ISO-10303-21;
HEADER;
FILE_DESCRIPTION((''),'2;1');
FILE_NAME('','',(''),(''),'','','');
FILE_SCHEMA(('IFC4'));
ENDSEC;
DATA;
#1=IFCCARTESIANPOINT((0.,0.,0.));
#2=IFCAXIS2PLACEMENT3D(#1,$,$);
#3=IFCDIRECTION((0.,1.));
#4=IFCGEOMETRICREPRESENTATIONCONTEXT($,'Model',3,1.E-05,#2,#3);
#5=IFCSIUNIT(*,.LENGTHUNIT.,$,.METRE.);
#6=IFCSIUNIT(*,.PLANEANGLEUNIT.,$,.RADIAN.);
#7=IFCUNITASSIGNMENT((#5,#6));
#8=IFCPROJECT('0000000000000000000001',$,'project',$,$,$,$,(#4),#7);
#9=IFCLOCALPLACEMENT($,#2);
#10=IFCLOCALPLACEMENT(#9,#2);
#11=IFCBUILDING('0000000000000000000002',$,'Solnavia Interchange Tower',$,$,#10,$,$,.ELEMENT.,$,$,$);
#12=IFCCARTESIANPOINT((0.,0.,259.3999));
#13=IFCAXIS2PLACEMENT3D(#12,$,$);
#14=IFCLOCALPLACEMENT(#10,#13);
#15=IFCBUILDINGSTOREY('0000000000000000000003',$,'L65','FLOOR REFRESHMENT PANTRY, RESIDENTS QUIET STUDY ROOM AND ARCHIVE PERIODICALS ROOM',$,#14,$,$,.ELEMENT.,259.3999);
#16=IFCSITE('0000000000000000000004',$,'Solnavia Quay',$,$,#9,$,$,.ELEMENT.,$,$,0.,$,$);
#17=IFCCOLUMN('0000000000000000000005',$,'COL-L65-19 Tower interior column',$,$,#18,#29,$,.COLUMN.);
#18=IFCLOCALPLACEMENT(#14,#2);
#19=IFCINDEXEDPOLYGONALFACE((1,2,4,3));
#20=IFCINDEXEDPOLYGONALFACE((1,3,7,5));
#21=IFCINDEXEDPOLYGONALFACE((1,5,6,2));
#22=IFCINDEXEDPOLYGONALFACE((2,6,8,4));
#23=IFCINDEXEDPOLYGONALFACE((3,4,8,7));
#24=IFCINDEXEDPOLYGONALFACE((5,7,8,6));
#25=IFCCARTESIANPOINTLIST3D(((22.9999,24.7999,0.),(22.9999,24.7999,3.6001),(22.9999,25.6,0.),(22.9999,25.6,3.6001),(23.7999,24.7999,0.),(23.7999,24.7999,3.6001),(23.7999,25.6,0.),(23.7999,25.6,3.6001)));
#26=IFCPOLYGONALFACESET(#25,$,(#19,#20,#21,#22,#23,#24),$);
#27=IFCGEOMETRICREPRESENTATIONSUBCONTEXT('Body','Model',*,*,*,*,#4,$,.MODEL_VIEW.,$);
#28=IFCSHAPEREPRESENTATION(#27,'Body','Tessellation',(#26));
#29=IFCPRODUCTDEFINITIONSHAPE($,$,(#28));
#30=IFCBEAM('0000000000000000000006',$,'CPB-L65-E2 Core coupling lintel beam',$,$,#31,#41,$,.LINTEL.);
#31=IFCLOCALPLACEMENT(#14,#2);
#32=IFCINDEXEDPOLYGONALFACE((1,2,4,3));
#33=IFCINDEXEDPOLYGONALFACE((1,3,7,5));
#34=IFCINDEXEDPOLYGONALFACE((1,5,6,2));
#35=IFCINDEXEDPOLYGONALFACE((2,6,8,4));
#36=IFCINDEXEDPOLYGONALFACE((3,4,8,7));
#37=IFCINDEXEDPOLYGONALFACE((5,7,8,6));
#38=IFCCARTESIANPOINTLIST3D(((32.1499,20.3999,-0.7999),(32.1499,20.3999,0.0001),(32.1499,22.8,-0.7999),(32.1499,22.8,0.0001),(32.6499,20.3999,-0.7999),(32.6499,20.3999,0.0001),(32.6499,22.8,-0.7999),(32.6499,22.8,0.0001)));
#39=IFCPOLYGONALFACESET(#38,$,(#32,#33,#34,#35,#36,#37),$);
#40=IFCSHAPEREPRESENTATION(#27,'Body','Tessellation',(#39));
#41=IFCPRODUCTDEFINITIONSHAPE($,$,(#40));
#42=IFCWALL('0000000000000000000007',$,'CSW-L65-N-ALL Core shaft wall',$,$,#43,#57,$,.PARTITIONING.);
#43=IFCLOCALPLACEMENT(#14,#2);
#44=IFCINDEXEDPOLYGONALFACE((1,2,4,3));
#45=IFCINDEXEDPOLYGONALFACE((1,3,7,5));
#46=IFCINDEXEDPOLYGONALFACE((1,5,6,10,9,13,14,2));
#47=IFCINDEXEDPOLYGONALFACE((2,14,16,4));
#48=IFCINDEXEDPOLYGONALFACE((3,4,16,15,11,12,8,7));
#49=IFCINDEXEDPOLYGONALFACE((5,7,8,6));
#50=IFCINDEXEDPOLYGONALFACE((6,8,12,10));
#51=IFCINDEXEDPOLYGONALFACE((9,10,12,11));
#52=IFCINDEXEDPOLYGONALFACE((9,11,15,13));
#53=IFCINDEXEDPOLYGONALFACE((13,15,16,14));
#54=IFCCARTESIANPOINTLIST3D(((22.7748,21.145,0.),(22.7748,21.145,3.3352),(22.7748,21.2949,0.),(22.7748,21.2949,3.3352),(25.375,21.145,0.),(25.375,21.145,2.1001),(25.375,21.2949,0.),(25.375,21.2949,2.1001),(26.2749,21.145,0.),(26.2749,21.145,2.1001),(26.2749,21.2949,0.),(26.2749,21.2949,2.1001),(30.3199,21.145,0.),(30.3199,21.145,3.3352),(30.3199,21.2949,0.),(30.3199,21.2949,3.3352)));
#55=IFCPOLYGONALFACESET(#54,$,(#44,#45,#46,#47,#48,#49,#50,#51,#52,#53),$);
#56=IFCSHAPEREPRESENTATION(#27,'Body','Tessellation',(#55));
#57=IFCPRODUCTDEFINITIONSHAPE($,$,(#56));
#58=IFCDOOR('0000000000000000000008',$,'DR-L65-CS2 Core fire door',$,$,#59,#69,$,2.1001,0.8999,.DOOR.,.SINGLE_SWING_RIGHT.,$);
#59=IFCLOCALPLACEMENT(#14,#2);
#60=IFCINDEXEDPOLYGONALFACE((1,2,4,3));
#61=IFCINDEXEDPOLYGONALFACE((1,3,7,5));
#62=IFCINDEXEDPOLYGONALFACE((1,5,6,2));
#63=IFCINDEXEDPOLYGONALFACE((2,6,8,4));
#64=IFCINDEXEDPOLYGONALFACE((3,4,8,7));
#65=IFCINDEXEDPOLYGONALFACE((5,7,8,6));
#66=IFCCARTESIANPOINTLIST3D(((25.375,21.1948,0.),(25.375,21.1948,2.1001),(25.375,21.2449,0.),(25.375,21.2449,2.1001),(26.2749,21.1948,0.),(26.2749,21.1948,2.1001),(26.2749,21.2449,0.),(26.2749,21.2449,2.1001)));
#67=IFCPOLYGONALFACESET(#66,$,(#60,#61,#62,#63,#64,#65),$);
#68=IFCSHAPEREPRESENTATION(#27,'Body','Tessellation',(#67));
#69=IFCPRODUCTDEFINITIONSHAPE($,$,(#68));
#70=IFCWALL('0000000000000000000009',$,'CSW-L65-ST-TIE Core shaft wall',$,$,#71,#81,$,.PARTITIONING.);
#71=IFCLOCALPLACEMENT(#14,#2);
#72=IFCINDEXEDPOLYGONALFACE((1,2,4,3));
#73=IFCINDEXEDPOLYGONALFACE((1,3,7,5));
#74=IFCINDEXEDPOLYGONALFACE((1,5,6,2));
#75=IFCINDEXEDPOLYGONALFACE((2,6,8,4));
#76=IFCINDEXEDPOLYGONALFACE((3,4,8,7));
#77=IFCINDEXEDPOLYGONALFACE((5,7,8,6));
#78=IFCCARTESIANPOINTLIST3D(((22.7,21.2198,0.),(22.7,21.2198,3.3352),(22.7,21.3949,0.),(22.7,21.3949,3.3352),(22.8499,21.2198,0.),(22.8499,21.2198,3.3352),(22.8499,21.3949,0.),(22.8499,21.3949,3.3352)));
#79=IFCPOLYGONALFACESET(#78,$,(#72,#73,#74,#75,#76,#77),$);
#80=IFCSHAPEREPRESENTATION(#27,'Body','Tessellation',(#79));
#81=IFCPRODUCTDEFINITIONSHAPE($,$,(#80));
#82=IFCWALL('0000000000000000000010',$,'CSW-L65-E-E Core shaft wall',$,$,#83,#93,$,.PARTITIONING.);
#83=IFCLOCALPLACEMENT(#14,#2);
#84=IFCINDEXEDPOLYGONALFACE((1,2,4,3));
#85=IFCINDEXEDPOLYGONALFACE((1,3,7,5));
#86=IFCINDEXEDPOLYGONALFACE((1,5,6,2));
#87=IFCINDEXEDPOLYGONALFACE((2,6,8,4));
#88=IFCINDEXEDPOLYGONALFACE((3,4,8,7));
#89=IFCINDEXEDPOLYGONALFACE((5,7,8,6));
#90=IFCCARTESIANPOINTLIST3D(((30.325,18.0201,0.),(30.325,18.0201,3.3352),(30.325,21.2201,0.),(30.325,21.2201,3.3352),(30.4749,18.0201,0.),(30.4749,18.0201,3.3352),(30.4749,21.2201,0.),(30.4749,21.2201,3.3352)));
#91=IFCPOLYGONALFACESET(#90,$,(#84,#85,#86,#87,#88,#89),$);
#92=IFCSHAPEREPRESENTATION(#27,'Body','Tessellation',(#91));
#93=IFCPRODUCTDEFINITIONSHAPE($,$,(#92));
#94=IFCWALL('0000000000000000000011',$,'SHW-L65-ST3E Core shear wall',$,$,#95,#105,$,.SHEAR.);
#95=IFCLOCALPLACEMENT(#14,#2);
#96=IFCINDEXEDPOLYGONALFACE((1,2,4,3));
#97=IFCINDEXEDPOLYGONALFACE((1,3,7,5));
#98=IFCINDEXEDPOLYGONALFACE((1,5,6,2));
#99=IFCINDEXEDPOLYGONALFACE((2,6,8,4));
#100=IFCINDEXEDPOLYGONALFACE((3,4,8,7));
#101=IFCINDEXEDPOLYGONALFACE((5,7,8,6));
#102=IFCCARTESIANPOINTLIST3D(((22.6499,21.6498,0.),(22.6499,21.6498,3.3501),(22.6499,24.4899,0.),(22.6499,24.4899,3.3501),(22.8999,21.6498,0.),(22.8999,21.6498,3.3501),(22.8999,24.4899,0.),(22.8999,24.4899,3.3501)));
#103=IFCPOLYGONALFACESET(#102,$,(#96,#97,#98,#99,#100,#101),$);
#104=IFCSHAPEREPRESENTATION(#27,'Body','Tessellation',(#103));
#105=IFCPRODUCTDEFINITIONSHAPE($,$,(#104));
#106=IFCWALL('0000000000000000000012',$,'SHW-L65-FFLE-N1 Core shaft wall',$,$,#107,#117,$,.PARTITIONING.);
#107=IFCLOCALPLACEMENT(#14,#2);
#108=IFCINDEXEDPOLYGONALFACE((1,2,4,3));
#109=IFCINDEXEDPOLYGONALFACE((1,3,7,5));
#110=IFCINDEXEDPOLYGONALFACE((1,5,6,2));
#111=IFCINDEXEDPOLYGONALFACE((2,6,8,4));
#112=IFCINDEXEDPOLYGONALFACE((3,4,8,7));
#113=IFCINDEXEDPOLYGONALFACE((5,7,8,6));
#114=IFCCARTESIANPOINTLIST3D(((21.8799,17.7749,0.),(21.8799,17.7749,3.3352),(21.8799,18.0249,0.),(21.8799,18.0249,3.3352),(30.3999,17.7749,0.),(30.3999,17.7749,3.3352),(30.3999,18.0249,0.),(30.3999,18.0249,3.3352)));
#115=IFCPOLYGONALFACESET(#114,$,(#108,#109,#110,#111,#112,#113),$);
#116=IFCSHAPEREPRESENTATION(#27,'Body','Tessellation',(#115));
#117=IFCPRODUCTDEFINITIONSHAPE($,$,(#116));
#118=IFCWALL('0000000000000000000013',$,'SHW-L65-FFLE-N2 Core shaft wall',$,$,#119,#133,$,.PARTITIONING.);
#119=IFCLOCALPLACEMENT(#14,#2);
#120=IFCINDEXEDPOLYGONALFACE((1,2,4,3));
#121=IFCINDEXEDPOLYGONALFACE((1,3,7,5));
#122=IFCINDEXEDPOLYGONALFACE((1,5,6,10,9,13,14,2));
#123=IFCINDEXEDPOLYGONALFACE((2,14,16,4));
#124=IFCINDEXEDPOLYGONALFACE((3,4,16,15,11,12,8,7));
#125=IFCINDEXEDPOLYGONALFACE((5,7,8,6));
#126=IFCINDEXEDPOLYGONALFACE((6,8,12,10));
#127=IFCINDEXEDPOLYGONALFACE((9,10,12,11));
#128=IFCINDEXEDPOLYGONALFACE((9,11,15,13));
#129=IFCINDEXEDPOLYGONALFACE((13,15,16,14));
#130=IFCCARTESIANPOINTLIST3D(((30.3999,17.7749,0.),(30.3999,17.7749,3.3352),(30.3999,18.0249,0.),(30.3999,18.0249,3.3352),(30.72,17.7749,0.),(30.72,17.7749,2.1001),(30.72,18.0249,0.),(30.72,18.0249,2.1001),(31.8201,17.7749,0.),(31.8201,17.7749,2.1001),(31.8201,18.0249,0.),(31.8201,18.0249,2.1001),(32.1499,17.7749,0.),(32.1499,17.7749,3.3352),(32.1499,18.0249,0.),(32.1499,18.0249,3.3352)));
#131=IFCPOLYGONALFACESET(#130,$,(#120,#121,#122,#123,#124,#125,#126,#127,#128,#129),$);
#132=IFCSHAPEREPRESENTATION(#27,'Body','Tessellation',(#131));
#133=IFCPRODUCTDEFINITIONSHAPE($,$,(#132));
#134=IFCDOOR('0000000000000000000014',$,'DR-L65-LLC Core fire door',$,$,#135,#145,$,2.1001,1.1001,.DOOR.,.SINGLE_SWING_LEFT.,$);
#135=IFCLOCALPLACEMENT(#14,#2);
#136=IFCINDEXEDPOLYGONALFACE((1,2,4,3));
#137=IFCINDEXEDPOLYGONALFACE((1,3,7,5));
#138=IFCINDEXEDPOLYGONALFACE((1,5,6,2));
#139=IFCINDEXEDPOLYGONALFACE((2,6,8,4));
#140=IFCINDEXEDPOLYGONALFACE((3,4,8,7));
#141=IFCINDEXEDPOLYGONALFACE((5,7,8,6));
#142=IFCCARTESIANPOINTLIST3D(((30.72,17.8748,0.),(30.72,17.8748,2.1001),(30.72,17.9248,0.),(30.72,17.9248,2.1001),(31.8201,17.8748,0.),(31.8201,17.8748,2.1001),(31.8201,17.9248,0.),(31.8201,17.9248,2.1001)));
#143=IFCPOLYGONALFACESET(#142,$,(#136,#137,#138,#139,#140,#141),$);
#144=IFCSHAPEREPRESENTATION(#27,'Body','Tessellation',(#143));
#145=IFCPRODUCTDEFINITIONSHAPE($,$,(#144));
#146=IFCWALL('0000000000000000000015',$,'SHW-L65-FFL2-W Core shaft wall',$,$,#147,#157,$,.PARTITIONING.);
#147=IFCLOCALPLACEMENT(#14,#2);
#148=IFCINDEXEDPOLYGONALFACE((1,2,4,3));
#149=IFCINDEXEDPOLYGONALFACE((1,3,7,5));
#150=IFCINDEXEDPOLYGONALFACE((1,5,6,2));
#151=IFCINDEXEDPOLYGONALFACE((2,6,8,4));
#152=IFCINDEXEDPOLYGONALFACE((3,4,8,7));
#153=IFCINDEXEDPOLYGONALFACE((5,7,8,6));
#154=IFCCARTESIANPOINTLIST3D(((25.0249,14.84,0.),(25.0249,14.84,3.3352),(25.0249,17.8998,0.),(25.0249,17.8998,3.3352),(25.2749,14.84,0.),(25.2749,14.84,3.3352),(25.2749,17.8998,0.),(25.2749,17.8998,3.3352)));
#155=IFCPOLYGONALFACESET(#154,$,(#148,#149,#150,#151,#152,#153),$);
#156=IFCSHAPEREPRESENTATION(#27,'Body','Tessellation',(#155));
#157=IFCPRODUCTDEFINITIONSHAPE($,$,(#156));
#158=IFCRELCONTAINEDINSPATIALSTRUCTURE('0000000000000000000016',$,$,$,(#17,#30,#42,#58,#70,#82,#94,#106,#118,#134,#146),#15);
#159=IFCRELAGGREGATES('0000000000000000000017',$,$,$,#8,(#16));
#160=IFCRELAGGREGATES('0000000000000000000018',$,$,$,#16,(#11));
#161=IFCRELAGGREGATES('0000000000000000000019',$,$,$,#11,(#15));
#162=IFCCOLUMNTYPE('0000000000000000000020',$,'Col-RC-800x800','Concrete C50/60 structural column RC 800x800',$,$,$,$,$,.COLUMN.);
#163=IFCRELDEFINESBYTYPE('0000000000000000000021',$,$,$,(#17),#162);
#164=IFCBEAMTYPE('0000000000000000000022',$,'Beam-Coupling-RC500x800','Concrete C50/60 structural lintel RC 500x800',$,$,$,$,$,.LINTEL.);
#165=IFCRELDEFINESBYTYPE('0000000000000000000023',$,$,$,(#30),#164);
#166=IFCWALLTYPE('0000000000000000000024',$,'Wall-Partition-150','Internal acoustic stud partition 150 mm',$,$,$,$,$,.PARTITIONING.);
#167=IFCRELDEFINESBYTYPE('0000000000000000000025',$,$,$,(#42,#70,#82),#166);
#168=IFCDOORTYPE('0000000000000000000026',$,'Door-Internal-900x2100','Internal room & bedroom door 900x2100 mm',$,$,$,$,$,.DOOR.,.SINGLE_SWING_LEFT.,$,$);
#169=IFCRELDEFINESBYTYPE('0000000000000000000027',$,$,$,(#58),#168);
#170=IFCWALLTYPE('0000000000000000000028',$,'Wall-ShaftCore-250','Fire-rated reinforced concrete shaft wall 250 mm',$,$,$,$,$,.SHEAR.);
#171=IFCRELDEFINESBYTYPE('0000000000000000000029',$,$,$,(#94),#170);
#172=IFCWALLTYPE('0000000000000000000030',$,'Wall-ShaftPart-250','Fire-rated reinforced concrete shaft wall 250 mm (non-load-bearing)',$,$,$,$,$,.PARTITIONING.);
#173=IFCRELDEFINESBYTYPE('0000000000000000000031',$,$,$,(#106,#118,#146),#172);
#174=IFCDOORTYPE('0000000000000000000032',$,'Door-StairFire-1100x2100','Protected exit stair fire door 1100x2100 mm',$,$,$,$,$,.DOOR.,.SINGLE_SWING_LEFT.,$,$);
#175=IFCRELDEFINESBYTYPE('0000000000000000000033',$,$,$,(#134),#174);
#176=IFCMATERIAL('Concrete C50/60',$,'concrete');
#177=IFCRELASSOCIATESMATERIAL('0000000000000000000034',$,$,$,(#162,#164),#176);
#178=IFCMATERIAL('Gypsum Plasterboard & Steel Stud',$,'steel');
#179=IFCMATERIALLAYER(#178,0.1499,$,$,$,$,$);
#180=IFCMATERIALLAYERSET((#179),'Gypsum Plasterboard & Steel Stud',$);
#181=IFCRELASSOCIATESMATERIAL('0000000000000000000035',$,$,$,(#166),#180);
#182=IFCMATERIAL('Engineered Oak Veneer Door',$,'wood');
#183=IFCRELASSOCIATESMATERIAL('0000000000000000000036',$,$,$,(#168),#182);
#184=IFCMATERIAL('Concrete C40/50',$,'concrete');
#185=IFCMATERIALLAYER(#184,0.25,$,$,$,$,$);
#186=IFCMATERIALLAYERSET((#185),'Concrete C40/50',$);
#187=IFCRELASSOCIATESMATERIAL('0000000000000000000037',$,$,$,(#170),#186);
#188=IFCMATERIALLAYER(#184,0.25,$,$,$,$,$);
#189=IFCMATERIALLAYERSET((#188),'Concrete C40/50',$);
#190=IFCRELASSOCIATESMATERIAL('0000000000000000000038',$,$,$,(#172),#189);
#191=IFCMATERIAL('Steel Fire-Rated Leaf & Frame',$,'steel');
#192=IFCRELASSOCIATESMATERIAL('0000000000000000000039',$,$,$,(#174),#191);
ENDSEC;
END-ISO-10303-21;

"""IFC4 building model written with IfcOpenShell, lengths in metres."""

from ifc_helpers import new_model, si_unit, direction, frame, frame_2d, origin, origin_2d, place, context, subcontext, project, spatial, rectangle, extrude, material, layer, layer_set, material_profile, profile_set, type_object, element, fill, save


model = new_model("IFC4")

# Units and contexts
model_context = context("Model", 3, precision=1e-05, world=origin(), true_north=direction((0.0, 1.0)))
body_context = subcontext(model_context, "Body", "Model", "MODEL_VIEW")
ifc_project = project(units=[si_unit("LENGTHUNIT", "METRE"), si_unit("PLANEANGLEUNIT", "RADIAN")], contexts=[model_context])

# Site, building, storey
site_placement = place(None, origin())
site = spatial("IfcSite", under=ifc_project, at=site_placement, Name="Solnavia Quay", CompositionType="ELEMENT", RefElevation=0.0)
building_placement = place(site_placement, origin())
building = spatial("IfcBuilding", under=site, at=building_placement, Name="Solnavia Interchange Tower", CompositionType="ELEMENT")
storey_placement = place(building_placement, frame((0.0, 0.0, 259.3999)))
storey = spatial("IfcBuildingStorey", under=building, at=storey_placement, Name="L65", Description="FLOOR REFRESHMENT PANTRY, RESIDENTS QUIET STUDY ROOM AND ARCHIVE PERIODICALS ROOM", CompositionType="ELEMENT", Elevation=259.3999)

# Column
ifc_material_1 = material(Name="Concrete C50/60", Category="concrete")
ifc_material_profile_1 = material_profile(ifc_material_1, rectangle(XDim=0.8, YDim=0.8, at=origin_2d()), Name="RC 800x800")
ifc_profile_set_1 = profile_set([ifc_material_profile_1], Name="Concrete C50/60")
column_type = type_object("IfcColumnType", Name="Col-RC-800x800", Description="Concrete C50/60 structural column RC 800x800", PredefinedType="COLUMN", material=ifc_profile_set_1)
column_placement = place(storey_placement, frame((23.3999, 25.2, 0.0), z_axis=(0.0, 0.0, 1.0), x_axis=(1.0, 0.0, 0.0)))
element("IfcColumn", 1, at=column_placement, inside=storey, type_object=column_type, Name="COL-L65-19 Tower interior column", PredefinedType="COLUMN", context=body_context, shape_type="SweptSolid", body=[
    extrude(rectangle(XDim=0.8, YDim=0.8, at=origin_2d()), origin(), (0.0, 0.0, 1.0), 3.6001),
])

# Beam
ifc_material_profile_2 = material_profile(ifc_material_1, rectangle(XDim=0.5, YDim=0.8, at=origin_2d()), Name="RC 500x800")
ifc_profile_set_2 = profile_set([ifc_material_profile_2], Name="Concrete C50/60")
beam_type = type_object("IfcBeamType", Name="Beam-Coupling-RC500x800", Description="Concrete C50/60 structural lintel RC 500x800", PredefinedType="LINTEL", material=ifc_profile_set_2)
beam_placement = place(storey_placement, frame((32.3999, 20.3999, -0.3999), z_axis=(0.0, 1.0, 0.0), x_axis=(-1.0, 0.0, 0.0)))
element("IfcBeam", 2, at=beam_placement, inside=storey, type_object=beam_type, Name="CPB-L65-E2 Core coupling lintel beam", PredefinedType="LINTEL", context=body_context, shape_type="SweptSolid", body=[
    extrude(rectangle(XDim=0.5, YDim=0.8, at=origin_2d()), origin(), (0.0, 0.0, 1.0), 2.4001),
])

# Wall, opening, door
ifc_material_2 = material(Name="Gypsum Plasterboard & Steel Stud", Category="steel")
ifc_layer_1 = layer(ifc_material_2, 0.1499)
ifc_layer_set_1 = layer_set([ifc_layer_1], Name="Gypsum Plasterboard & Steel Stud")
wall_type_1 = type_object("IfcWallType", Name="Wall-Partition-150", Description="Internal acoustic stud partition 150 mm", PredefinedType="PARTITIONING", material=ifc_layer_set_1)
wall_1_placement = place(storey_placement, frame((22.7749, 21.22, 0.0), z_axis=(0.0, 0.0, 1.0), x_axis=(1.0, 0.0, 0.0)))
wall_1 = element("IfcWall", 3, at=wall_1_placement, inside=storey, type_object=wall_type_1, Name="CSW-L65-N-ALL Core shaft wall", PredefinedType="PARTITIONING", context=body_context, shape_type="SweptSolid", body=[
    extrude(rectangle(XDim=7.5452, YDim=0.1499, at=frame_2d((3.7725, 0.0))), origin(), (0.0, 0.0, 1.0), 3.3352),
])
opening_1_placement = place(wall_1_placement, frame((2.6001, 0.0, 0.0)))
opening_1 = element("IfcOpeningElement", 4, at=opening_1_placement, cuts=wall_1, PredefinedType="OPENING", context=body_context, shape_type="SweptSolid", body=[
    extrude(rectangle(XDim=0.8999, YDim=2.1001, at=frame_2d((0.45, 1.05))), frame((0.0, 0.085, 0.0), z_axis=(0.0, -1.0, 0.0), x_axis=(1.0, 0.0, 0.0)), (0.0, 0.0, 1.0), 0.1699),
])
ifc_material_3 = material(Name="Engineered Oak Veneer Door", Category="wood")
door_type_1 = type_object("IfcDoorType", Name="Door-Internal-900x2100", Description="Internal room & bedroom door 900x2100 mm", OperationType="SINGLE_SWING_LEFT", PredefinedType="DOOR", material=ifc_material_3)
door_1_placement = place(opening_1_placement, origin())
door_1 = element("IfcDoor", 5, at=door_1_placement, inside=storey, type_object=door_type_1, Name="DR-L65-CS2 Core fire door", OperationType="SINGLE_SWING_RIGHT", OverallHeight=2.1001, OverallWidth=0.8999, PredefinedType="DOOR", context=body_context, shape_type="SweptSolid", body=[
    extrude(rectangle(XDim=0.8999, YDim=2.1001, at=frame_2d((0.45, 1.05))), frame((0.0, 0.0249, 0.0), z_axis=(0.0, -1.0, 0.0), x_axis=(1.0, 0.0, 0.0)), (0.0, 0.0, 1.0), 0.05),
])
fill(opening_1, door_1)

# Walls
wall_2_placement = place(storey_placement, frame((22.7749, 21.22, 0.0), z_axis=(0.0, 0.0, 1.0), x_axis=(0.0, 1.0, 0.0)))
element("IfcWall", 6, at=wall_2_placement, inside=storey, type_object=wall_type_1, Name="CSW-L65-ST-TIE Core shaft wall", PredefinedType="PARTITIONING", context=body_context, shape_type="SweptSolid", body=[
    extrude(rectangle(XDim=0.175, YDim=0.1499, at=frame_2d((0.0874, 0.0))), origin(), (0.0, 0.0, 1.0), 3.3352),
])
wall_3_placement = place(storey_placement, frame((30.3999, 18.02, 0.0), z_axis=(0.0, 0.0, 1.0), x_axis=(0.0, 1.0, 0.0)))
element("IfcWall", 7, at=wall_3_placement, inside=storey, type_object=wall_type_1, Name="CSW-L65-E-E Core shaft wall", PredefinedType="PARTITIONING", context=body_context, shape_type="SweptSolid", body=[
    extrude(rectangle(XDim=3.2, YDim=0.1499, at=frame_2d((1.6001, 0.0))), origin(), (0.0, 0.0, 1.0), 3.3352),
])
ifc_material_4 = material(Name="Concrete C40/50", Category="concrete")
ifc_layer_2 = layer(ifc_material_4, 0.25)
ifc_layer_set_2 = layer_set([ifc_layer_2], Name="Concrete C40/50")
wall_type_2 = type_object("IfcWallType", Name="Wall-ShaftCore-250", Description="Fire-rated reinforced concrete shaft wall 250 mm", PredefinedType="SHEAR", material=ifc_layer_set_2)
wall_4_placement = place(storey_placement, frame((22.7749, 21.6499, 0.0), z_axis=(0.0, 0.0, 1.0), x_axis=(0.0, 1.0, 0.0)))
element("IfcWall", 8, at=wall_4_placement, inside=storey, type_object=wall_type_2, Name="SHW-L65-ST3E Core shear wall", PredefinedType="SHEAR", context=body_context, shape_type="SweptSolid", body=[
    extrude(rectangle(XDim=2.8401, YDim=0.25, at=frame_2d((1.4199, 0.0))), origin(), (0.0, 0.0, 1.0), 3.3501),
])
ifc_layer_3 = layer(ifc_material_4, 0.25)
ifc_layer_set_3 = layer_set([ifc_layer_3], Name="Concrete C40/50")
wall_type_3 = type_object("IfcWallType", Name="Wall-ShaftPart-250", Description="Fire-rated reinforced concrete shaft wall 250 mm (non-load-bearing)", PredefinedType="PARTITIONING", material=ifc_layer_set_3)
wall_5_placement = place(storey_placement, frame((21.8799, 17.8999, 0.0), z_axis=(0.0, 0.0, 1.0), x_axis=(1.0, 0.0, 0.0)))
element("IfcWall", 9, at=wall_5_placement, inside=storey, type_object=wall_type_3, Name="SHW-L65-FFLE-N1 Core shaft wall", PredefinedType="PARTITIONING", context=body_context, shape_type="SweptSolid", body=[
    extrude(rectangle(XDim=8.52, YDim=0.25, at=frame_2d((4.26, 0.0))), origin(), (0.0, 0.0, 1.0), 3.3352),
])

# Wall, opening, door
wall_6_placement = place(storey_placement, frame((30.3999, 17.8999, 0.0), z_axis=(0.0, 0.0, 1.0), x_axis=(1.0, 0.0, 0.0)))
wall_6 = element("IfcWall", 10, at=wall_6_placement, inside=storey, type_object=wall_type_3, Name="SHW-L65-FFLE-N2 Core shaft wall", PredefinedType="PARTITIONING", context=body_context, shape_type="SweptSolid", body=[
    extrude(rectangle(XDim=1.75, YDim=0.25, at=frame_2d((0.875, 0.0))), origin(), (0.0, 0.0, 1.0), 3.3352),
])
opening_2_placement = place(wall_6_placement, frame((0.3201, 0.0, 0.0)))
opening_2 = element("IfcOpeningElement", 11, at=opening_2_placement, cuts=wall_6, PredefinedType="OPENING", context=body_context, shape_type="SweptSolid", body=[
    extrude(rectangle(XDim=1.1001, YDim=2.1001, at=frame_2d((0.55, 1.05))), frame((0.0, 0.135, 0.0), z_axis=(0.0, -1.0, 0.0), x_axis=(1.0, 0.0, 0.0)), (0.0, 0.0, 1.0), 0.27),
])
ifc_material_5 = material(Name="Steel Fire-Rated Leaf & Frame", Category="steel")
door_type_2 = type_object("IfcDoorType", Name="Door-StairFire-1100x2100", Description="Protected exit stair fire door 1100x2100 mm", OperationType="SINGLE_SWING_LEFT", PredefinedType="DOOR", material=ifc_material_5)
door_2_placement = place(opening_2_placement, origin())
door_2 = element("IfcDoor", 12, at=door_2_placement, inside=storey, type_object=door_type_2, Name="DR-L65-LLC Core fire door", OperationType="SINGLE_SWING_LEFT", OverallHeight=2.1001, OverallWidth=1.1001, PredefinedType="DOOR", context=body_context, shape_type="SweptSolid", body=[
    extrude(rectangle(XDim=1.1001, YDim=2.1001, at=frame_2d((0.55, 1.05))), frame((0.0, 0.0249, 0.0), z_axis=(0.0, -1.0, 0.0), x_axis=(1.0, 0.0, 0.0)), (0.0, 0.0, 1.0), 0.05),
])
fill(opening_2, door_2)

# Wall
wall_7_placement = place(storey_placement, frame((25.1499, 14.8401, 0.0), z_axis=(0.0, 0.0, 1.0), x_axis=(0.0, 1.0, 0.0)))
element("IfcWall", 13, at=wall_7_placement, inside=storey, type_object=wall_type_3, Name="SHW-L65-FFL2-W Core shaft wall", PredefinedType="PARTITIONING", context=body_context, shape_type="SweptSolid", body=[
    extrude(rectangle(XDim=3.0598, YDim=0.25, at=frame_2d((1.5298, 0.0))), origin(), (0.0, 0.0, 1.0), 3.3352),
])

save(model, "model.ifc")
